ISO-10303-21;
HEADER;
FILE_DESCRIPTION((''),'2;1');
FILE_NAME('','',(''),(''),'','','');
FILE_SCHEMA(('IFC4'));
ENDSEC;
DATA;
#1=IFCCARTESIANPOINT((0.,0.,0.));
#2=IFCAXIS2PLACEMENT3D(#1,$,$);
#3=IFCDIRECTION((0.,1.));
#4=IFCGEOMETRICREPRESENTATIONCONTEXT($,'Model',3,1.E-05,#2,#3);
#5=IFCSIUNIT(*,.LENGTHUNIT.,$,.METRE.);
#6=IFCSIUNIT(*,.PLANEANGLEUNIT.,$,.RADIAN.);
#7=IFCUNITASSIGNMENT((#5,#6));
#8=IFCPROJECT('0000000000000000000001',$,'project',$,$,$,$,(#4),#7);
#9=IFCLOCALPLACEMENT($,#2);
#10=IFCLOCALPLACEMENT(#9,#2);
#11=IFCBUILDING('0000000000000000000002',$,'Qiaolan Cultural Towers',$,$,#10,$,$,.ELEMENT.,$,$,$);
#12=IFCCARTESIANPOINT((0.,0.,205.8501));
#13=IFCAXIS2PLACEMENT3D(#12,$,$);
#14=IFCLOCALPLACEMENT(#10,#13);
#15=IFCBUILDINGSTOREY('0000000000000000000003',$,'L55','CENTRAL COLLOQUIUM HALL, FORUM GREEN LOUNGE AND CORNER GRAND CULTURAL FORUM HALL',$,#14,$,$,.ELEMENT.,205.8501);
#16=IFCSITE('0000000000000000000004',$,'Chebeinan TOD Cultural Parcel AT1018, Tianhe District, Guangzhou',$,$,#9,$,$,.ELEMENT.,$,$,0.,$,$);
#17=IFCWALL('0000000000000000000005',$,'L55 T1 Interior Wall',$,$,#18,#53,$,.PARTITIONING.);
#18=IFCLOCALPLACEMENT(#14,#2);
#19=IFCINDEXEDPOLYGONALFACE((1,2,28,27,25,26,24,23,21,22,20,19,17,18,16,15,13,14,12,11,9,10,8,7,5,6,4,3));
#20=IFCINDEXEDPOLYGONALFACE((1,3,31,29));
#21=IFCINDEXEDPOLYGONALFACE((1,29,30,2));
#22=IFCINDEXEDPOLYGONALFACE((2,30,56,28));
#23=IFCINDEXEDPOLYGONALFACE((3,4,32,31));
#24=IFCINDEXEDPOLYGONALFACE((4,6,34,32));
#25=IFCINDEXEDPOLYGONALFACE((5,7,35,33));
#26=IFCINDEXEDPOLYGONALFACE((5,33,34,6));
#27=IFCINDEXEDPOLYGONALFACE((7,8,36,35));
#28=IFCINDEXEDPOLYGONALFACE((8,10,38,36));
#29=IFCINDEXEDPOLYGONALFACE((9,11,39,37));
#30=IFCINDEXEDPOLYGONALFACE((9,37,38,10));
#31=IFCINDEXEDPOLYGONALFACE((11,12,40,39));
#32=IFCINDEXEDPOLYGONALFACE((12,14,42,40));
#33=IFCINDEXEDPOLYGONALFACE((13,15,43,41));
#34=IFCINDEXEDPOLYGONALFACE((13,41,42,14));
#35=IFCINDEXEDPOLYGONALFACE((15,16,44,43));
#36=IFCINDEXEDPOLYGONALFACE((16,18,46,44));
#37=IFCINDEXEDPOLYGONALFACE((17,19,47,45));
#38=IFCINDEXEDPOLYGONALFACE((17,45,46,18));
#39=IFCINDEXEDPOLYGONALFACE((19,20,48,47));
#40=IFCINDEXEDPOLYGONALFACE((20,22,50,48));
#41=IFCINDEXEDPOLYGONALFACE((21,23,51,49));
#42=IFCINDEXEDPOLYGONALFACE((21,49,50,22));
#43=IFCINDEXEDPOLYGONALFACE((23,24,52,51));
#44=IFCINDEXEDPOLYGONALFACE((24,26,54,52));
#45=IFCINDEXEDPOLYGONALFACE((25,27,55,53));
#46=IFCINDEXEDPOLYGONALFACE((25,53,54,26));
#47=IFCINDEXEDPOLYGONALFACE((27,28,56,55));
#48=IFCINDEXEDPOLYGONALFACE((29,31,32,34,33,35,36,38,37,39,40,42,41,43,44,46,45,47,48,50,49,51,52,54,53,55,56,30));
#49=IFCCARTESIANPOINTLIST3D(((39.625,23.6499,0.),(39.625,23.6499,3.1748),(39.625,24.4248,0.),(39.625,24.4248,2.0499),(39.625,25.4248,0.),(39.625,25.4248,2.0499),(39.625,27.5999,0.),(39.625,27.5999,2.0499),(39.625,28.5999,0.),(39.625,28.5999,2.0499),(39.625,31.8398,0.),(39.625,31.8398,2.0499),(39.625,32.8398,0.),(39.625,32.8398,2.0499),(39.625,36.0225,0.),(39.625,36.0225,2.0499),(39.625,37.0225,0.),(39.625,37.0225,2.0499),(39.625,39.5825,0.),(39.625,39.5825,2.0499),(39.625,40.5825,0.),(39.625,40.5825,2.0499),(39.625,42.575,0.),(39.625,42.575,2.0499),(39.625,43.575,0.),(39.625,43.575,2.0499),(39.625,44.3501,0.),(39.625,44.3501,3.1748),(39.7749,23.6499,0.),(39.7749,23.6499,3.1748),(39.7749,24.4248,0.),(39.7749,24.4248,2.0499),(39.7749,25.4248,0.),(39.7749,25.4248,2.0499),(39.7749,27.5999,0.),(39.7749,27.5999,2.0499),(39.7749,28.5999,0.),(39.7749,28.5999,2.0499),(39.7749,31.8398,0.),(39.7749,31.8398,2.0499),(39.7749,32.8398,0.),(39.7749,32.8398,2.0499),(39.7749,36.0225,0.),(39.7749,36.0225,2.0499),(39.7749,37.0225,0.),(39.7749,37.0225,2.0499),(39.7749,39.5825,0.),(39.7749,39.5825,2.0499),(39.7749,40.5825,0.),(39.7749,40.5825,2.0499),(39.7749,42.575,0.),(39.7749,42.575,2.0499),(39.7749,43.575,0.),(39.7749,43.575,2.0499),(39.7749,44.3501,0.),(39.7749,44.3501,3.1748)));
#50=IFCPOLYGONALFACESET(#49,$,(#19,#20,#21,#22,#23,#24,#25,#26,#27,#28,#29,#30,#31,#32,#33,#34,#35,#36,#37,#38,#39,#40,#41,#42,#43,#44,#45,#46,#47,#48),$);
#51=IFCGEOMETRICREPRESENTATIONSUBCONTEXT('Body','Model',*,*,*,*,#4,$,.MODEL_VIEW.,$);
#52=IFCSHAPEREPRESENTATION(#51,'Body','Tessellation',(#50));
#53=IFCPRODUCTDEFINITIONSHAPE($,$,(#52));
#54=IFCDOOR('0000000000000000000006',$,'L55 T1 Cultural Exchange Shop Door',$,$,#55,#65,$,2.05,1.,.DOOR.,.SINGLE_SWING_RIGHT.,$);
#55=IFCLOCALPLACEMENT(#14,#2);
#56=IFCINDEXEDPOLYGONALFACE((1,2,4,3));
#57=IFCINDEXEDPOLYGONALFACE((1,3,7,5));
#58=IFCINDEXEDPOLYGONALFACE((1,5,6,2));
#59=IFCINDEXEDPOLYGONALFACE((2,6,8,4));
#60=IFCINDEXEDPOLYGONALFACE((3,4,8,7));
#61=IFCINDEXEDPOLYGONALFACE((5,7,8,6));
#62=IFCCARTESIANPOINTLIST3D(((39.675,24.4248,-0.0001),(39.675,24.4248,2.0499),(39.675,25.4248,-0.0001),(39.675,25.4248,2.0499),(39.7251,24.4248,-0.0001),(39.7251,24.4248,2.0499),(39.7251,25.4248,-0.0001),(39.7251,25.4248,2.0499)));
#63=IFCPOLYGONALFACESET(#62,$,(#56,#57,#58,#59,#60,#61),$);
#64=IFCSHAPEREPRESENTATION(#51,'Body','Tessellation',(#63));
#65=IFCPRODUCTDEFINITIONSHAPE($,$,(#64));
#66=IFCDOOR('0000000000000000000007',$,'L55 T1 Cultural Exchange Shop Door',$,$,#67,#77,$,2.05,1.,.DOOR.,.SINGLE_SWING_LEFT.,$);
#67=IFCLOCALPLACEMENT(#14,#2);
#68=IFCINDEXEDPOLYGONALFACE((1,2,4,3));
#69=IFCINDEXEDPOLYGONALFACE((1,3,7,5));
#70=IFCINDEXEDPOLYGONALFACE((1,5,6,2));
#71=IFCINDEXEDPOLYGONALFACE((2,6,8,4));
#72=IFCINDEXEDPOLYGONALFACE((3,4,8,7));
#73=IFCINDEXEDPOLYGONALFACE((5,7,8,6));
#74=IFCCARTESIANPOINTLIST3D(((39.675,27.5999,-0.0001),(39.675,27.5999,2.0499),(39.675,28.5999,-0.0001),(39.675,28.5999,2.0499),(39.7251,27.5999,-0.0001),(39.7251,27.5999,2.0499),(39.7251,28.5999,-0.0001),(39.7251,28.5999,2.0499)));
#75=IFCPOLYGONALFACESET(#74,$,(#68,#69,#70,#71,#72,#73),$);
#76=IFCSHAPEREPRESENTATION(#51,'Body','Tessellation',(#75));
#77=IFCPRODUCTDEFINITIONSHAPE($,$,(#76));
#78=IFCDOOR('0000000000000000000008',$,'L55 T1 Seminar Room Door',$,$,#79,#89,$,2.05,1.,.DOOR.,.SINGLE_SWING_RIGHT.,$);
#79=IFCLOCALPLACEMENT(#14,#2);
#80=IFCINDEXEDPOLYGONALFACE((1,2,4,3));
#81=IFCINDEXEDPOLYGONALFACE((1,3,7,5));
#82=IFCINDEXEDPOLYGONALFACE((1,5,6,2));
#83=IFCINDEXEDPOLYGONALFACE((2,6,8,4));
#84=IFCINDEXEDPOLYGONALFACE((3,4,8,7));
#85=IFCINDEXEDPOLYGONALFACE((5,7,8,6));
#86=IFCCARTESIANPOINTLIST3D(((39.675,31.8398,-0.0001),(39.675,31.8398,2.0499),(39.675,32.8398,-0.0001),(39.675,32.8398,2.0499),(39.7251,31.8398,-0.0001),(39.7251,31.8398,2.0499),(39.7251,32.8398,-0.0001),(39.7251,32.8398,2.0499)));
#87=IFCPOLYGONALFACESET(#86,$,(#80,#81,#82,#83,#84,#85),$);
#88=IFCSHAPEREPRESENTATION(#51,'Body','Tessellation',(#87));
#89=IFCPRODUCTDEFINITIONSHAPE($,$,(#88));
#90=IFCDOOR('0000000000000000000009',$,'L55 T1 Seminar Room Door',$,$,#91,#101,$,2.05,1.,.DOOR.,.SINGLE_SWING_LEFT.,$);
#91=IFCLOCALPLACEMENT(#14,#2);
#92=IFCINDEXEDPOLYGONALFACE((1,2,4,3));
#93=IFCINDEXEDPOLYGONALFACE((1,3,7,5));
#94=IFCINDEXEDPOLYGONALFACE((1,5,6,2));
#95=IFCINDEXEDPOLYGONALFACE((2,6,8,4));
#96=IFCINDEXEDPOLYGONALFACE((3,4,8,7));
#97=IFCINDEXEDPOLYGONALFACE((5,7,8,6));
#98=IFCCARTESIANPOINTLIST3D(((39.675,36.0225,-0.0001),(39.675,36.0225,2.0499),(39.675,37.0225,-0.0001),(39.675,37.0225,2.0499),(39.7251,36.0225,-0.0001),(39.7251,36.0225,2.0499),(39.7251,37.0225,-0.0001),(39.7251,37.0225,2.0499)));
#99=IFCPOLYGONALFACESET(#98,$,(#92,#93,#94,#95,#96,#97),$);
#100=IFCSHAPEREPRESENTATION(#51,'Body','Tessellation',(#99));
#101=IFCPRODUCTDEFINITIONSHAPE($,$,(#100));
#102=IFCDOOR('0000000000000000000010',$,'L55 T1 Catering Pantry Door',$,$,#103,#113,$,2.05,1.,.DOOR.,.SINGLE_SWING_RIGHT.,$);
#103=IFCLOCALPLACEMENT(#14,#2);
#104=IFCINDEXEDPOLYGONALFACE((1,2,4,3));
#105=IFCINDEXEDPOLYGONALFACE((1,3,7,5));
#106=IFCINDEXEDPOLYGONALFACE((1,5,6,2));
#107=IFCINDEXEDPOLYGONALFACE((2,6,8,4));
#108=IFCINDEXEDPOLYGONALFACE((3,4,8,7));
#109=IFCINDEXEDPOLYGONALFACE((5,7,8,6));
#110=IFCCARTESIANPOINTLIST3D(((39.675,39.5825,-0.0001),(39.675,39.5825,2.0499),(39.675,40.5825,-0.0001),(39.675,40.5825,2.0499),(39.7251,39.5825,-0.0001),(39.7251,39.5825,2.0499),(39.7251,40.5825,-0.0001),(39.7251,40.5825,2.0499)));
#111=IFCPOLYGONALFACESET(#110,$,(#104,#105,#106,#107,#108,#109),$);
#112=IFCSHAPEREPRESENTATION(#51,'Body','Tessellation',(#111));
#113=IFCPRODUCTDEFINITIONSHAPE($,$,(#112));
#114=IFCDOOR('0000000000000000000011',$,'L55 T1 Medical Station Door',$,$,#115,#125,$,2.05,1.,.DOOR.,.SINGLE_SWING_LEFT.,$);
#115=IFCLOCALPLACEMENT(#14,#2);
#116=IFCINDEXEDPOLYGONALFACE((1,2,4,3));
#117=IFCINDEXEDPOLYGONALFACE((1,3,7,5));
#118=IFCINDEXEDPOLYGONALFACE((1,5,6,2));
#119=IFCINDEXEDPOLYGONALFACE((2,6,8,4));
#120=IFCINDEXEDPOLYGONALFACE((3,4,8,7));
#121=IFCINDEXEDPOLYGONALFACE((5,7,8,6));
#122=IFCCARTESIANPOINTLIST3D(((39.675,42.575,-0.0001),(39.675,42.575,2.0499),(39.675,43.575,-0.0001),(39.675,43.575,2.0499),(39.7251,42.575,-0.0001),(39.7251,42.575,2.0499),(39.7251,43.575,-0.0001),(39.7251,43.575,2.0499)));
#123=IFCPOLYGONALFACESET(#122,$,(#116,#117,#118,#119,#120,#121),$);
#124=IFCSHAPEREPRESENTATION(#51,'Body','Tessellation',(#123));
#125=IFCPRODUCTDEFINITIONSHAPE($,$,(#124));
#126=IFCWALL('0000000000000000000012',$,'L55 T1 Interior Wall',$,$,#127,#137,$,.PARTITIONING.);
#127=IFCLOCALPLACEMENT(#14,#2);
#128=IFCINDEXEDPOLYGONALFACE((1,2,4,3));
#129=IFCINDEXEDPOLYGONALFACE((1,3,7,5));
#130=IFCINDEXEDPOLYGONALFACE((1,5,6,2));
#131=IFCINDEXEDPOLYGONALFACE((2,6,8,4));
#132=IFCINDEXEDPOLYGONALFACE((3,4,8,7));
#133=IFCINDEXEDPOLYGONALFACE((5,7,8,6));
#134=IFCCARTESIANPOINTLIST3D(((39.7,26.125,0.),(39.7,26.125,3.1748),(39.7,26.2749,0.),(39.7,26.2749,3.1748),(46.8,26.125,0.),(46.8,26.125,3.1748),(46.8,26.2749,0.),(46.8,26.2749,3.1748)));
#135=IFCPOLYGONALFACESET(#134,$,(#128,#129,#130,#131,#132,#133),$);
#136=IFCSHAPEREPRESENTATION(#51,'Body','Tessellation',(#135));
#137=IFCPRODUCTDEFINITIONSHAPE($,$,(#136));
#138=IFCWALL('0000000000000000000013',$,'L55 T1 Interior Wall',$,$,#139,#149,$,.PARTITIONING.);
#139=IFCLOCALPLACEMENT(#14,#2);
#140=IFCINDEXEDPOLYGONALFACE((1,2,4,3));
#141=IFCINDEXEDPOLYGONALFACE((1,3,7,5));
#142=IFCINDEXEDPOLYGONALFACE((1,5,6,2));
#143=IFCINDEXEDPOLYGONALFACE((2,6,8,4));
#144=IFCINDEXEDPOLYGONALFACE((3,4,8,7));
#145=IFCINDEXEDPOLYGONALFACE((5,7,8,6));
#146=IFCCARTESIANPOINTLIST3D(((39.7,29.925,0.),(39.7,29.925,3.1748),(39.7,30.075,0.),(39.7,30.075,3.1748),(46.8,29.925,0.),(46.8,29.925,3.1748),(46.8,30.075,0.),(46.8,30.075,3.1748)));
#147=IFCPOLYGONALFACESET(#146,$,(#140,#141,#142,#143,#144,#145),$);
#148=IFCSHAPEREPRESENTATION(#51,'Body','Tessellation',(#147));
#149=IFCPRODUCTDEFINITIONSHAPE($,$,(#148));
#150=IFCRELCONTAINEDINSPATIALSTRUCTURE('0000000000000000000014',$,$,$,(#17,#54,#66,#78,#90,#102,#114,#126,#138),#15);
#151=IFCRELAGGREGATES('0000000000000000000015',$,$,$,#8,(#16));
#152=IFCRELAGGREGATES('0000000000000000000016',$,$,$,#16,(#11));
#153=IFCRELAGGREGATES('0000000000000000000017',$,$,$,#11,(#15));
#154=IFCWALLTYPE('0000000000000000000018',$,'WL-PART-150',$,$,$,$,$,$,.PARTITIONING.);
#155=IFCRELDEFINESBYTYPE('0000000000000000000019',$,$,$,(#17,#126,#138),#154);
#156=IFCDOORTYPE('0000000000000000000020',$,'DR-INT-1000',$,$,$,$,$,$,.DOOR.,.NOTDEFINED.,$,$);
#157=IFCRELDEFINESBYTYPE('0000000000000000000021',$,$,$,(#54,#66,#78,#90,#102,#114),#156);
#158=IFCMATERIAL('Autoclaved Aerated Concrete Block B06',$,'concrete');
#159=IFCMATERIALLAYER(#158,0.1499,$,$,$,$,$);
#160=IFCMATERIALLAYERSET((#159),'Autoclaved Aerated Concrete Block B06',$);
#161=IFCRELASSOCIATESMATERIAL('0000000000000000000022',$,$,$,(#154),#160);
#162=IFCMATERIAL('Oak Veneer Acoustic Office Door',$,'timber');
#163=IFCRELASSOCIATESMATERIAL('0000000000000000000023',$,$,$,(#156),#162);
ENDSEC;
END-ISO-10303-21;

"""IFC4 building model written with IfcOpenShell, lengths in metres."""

from ifc_helpers import new_model, si_unit, direction, frame, frame_2d, origin, place, context, subcontext, project, spatial, rectangle, extrude, material, layer, layer_set, type_object, element, fill, save


model = new_model("IFC4")

# Units and contexts
model_context = context("Model", 3, precision=1e-05, world=origin(), true_north=direction((0.0, 1.0)))
body_context = subcontext(model_context, "Body", "Model", "MODEL_VIEW")
ifc_project = project(units=[si_unit("LENGTHUNIT", "METRE"), si_unit("PLANEANGLEUNIT", "RADIAN")], contexts=[model_context])

# Site, building, storey
site_placement = place(None, origin())
site = spatial("IfcSite", under=ifc_project, at=site_placement, Name="Chebeinan TOD Cultural Parcel AT1018, Tianhe District, Guangzhou", CompositionType="ELEMENT", RefElevation=0.0)
building_placement = place(site_placement, origin())
building = spatial("IfcBuilding", under=site, at=building_placement, Name="Qiaolan Cultural Towers", CompositionType="ELEMENT")
storey_placement = place(building_placement, frame((0.0, 0.0, 205.8501)))
storey = spatial("IfcBuildingStorey", under=building, at=storey_placement, Name="L55", Description="CENTRAL COLLOQUIUM HALL, FORUM GREEN LOUNGE AND CORNER GRAND CULTURAL FORUM HALL", CompositionType="ELEMENT", Elevation=205.8501)

# Shared definitions
ifc_material_1 = material(Name="Autoclaved Aerated Concrete Block B06", Category="concrete")
ifc_layer_1 = layer(ifc_material_1, 0.1499)
ifc_layer_set_1 = layer_set([ifc_layer_1], Name="Autoclaved Aerated Concrete Block B06")
wall_type_1 = type_object("IfcWallType", Name="WL-PART-150", PredefinedType="PARTITIONING", material=ifc_layer_set_1)

# Shared definitions
ifc_material_2 = material(Name="Oak Veneer Acoustic Office Door", Category="timber")
door_type_1 = type_object("IfcDoorType", Name="DR-INT-1000", OperationType="NOTDEFINED", PredefinedType="DOOR", material=ifc_material_2)

# Wall, openings, doors
wall_1_placement = place(storey_placement, frame((39.7, 23.6499, 0.0), z_axis=(0.0, 0.0, 1.0), x_axis=(0.0, 1.0, 0.0)))
wall_1 = element("IfcWall", 1, at=wall_1_placement, inside=storey, type_object=wall_type_1, Name="L55 T1 Interior Wall", PredefinedType="PARTITIONING", context=body_context, shape_type="SweptSolid", body=[
    extrude(rectangle(XDim=20.7002, YDim=0.1499, at=frame_2d((10.3501, 0.0))), origin(), (0.0, 0.0, 1.0), 3.1748),
])
opening_1_placement = place(wall_1_placement, frame((0.7749, 0.0, 0.0)))
opening_1 = element("IfcOpeningElement", 2, at=opening_1_placement, cuts=wall_1, PredefinedType="OPENING", context=body_context, shape_type="SweptSolid", body=[
    extrude(rectangle(XDim=1.0, YDim=2.05, at=frame_2d((0.5, 1.0249))), frame((0.0, 0.085, 0.0), z_axis=(0.0, -1.0, 0.0), x_axis=(1.0, 0.0, 0.0)), (0.0, 0.0, 1.0), 0.1699),
])
opening_2_placement = place(wall_1_placement, frame((3.95, 0.0, 0.0)))
opening_2 = element("IfcOpeningElement", 3, at=opening_2_placement, cuts=wall_1, PredefinedType="OPENING", context=body_context, shape_type="SweptSolid", body=[
    extrude(rectangle(XDim=1.0, YDim=2.05, at=frame_2d((0.5, 1.0249))), frame((0.0, 0.085, 0.0), z_axis=(0.0, -1.0, 0.0), x_axis=(1.0, 0.0, 0.0)), (0.0, 0.0, 1.0), 0.1699),
])
opening_3_placement = place(wall_1_placement, frame((8.1899, 0.0, 0.0)))
opening_3 = element("IfcOpeningElement", 4, at=opening_3_placement, cuts=wall_1, PredefinedType="OPENING", context=body_context, shape_type="SweptSolid", body=[
    extrude(rectangle(XDim=1.0, YDim=2.05, at=frame_2d((0.5, 1.0249))), frame((0.0, 0.085, 0.0), z_axis=(0.0, -1.0, 0.0), x_axis=(1.0, 0.0, 0.0)), (0.0, 0.0, 1.0), 0.1699),
])
opening_4_placement = place(wall_1_placement, frame((12.3726, 0.0, 0.0)))
opening_4 = element("IfcOpeningElement", 5, at=opening_4_placement, cuts=wall_1, PredefinedType="OPENING", context=body_context, shape_type="SweptSolid", body=[
    extrude(rectangle(XDim=1.0, YDim=2.05, at=frame_2d((0.5, 1.0249))), frame((0.0, 0.085, 0.0), z_axis=(0.0, -1.0, 0.0), x_axis=(1.0, 0.0, 0.0)), (0.0, 0.0, 1.0), 0.1699),
])
opening_5_placement = place(wall_1_placement, frame((15.9326, 0.0, 0.0)))
opening_5 = element("IfcOpeningElement", 6, at=opening_5_placement, cuts=wall_1, PredefinedType="OPENING", context=body_context, shape_type="SweptSolid", body=[
    extrude(rectangle(XDim=1.0, YDim=2.05, at=frame_2d((0.5, 1.0249))), frame((0.0, 0.085, 0.0), z_axis=(0.0, -1.0, 0.0), x_axis=(1.0, 0.0, 0.0)), (0.0, 0.0, 1.0), 0.1699),
])
opening_6_placement = place(wall_1_placement, frame((18.925, 0.0, 0.0)))
opening_6 = element("IfcOpeningElement", 7, at=opening_6_placement, cuts=wall_1, PredefinedType="OPENING", context=body_context, shape_type="SweptSolid", body=[
    extrude(rectangle(XDim=1.0, YDim=2.05, at=frame_2d((0.5, 1.0249))), frame((0.0, 0.085, 0.0), z_axis=(0.0, -1.0, 0.0), x_axis=(1.0, 0.0, 0.0)), (0.0, 0.0, 1.0), 0.1699),
])
door_1_placement = place(opening_1_placement, origin())
door_1 = element("IfcDoor", 8, at=door_1_placement, inside=storey, type_object=door_type_1, Name="L55 T1 Cultural Exchange Shop Door", OperationType="SINGLE_SWING_RIGHT", OverallHeight=2.05, OverallWidth=1.0, PredefinedType="DOOR", context=body_context, shape_type="SweptSolid", body=[
    extrude(rectangle(XDim=1.0, YDim=2.05, at=frame_2d((0.5, 1.0249))), frame((0.0, 0.0249, 0.0), z_axis=(0.0, -1.0, 0.0), x_axis=(1.0, 0.0, 0.0)), (0.0, 0.0, 1.0), 0.05),
])
fill(opening_1, door_1)
door_2_placement = place(opening_2_placement, origin())
door_2 = element("IfcDoor", 9, at=door_2_placement, inside=storey, type_object=door_type_1, Name="L55 T1 Cultural Exchange Shop Door", OperationType="SINGLE_SWING_LEFT", OverallHeight=2.05, OverallWidth=1.0, PredefinedType="DOOR", context=body_context, shape_type="SweptSolid", body=[
    extrude(rectangle(XDim=1.0, YDim=2.05, at=frame_2d((0.5, 1.0249))), frame((0.0, 0.0249, 0.0), z_axis=(0.0, -1.0, 0.0), x_axis=(1.0, 0.0, 0.0)), (0.0, 0.0, 1.0), 0.05),
])
fill(opening_2, door_2)
door_3_placement = place(opening_3_placement, origin())
door_3 = element("IfcDoor", 10, at=door_3_placement, inside=storey, type_object=door_type_1, Name="L55 T1 Seminar Room Door", OperationType="SINGLE_SWING_RIGHT", OverallHeight=2.05, OverallWidth=1.0, PredefinedType="DOOR", context=body_context, shape_type="SweptSolid", body=[
    extrude(rectangle(XDim=1.0, YDim=2.05, at=frame_2d((0.5, 1.0249))), frame((0.0, 0.0249, 0.0), z_axis=(0.0, -1.0, 0.0), x_axis=(1.0, 0.0, 0.0)), (0.0, 0.0, 1.0), 0.05),
])
fill(opening_3, door_3)
door_4_placement = place(opening_4_placement, origin())
door_4 = element("IfcDoor", 11, at=door_4_placement, inside=storey, type_object=door_type_1, Name="L55 T1 Seminar Room Door", OperationType="SINGLE_SWING_LEFT", OverallHeight=2.05, OverallWidth=1.0, PredefinedType="DOOR", context=body_context, shape_type="SweptSolid", body=[
    extrude(rectangle(XDim=1.0, YDim=2.05, at=frame_2d((0.5, 1.0249))), frame((0.0, 0.0249, 0.0), z_axis=(0.0, -1.0, 0.0), x_axis=(1.0, 0.0, 0.0)), (0.0, 0.0, 1.0), 0.05),
])
fill(opening_4, door_4)
door_5_placement = place(opening_5_placement, origin())
door_5 = element("IfcDoor", 12, at=door_5_placement, inside=storey, type_object=door_type_1, Name="L55 T1 Catering Pantry Door", OperationType="SINGLE_SWING_RIGHT", OverallHeight=2.05, OverallWidth=1.0, PredefinedType="DOOR", context=body_context, shape_type="SweptSolid", body=[
    extrude(rectangle(XDim=1.0, YDim=2.05, at=frame_2d((0.5, 1.0249))), frame((0.0, 0.0249, 0.0), z_axis=(0.0, -1.0, 0.0), x_axis=(1.0, 0.0, 0.0)), (0.0, 0.0, 1.0), 0.05),
])
fill(opening_5, door_5)
door_6_placement = place(opening_6_placement, origin())
door_6 = element("IfcDoor", 13, at=door_6_placement, inside=storey, type_object=door_type_1, Name="L55 T1 Medical Station Door", OperationType="SINGLE_SWING_LEFT", OverallHeight=2.05, OverallWidth=1.0, PredefinedType="DOOR", context=body_context, shape_type="SweptSolid", body=[
    extrude(rectangle(XDim=1.0, YDim=2.05, at=frame_2d((0.5, 1.0249))), frame((0.0, 0.0249, 0.0), z_axis=(0.0, -1.0, 0.0), x_axis=(1.0, 0.0, 0.0)), (0.0, 0.0, 1.0), 0.05),
])
fill(opening_6, door_6)

# Walls
for number, where, z_axis, x_axis, name in (
    (14, (39.7, 26.2, 0.0), (0.0, 0.0, 1.0), (1.0, 0.0, 0.0), "L55 T1 Interior Wall"),
    (15, (39.7, 30.0, 0.0), (0.0, 0.0, 1.0), (1.0, 0.0, 0.0), "L55 T1 Interior Wall"),
):
    element("IfcWall", number, at=place(storey_placement, frame(where, z_axis=z_axis, x_axis=x_axis)), inside=storey, type_object=wall_type_1, Name=name, PredefinedType="PARTITIONING", context=body_context, shape_type="SweptSolid", body=[
        extrude(rectangle(XDim=7.1001, YDim=0.1499, at=frame_2d((3.55, 0.0))), origin(), (0.0, 0.0, 1.0), 3.1748),
    ])

save(model, "model.ifc")
